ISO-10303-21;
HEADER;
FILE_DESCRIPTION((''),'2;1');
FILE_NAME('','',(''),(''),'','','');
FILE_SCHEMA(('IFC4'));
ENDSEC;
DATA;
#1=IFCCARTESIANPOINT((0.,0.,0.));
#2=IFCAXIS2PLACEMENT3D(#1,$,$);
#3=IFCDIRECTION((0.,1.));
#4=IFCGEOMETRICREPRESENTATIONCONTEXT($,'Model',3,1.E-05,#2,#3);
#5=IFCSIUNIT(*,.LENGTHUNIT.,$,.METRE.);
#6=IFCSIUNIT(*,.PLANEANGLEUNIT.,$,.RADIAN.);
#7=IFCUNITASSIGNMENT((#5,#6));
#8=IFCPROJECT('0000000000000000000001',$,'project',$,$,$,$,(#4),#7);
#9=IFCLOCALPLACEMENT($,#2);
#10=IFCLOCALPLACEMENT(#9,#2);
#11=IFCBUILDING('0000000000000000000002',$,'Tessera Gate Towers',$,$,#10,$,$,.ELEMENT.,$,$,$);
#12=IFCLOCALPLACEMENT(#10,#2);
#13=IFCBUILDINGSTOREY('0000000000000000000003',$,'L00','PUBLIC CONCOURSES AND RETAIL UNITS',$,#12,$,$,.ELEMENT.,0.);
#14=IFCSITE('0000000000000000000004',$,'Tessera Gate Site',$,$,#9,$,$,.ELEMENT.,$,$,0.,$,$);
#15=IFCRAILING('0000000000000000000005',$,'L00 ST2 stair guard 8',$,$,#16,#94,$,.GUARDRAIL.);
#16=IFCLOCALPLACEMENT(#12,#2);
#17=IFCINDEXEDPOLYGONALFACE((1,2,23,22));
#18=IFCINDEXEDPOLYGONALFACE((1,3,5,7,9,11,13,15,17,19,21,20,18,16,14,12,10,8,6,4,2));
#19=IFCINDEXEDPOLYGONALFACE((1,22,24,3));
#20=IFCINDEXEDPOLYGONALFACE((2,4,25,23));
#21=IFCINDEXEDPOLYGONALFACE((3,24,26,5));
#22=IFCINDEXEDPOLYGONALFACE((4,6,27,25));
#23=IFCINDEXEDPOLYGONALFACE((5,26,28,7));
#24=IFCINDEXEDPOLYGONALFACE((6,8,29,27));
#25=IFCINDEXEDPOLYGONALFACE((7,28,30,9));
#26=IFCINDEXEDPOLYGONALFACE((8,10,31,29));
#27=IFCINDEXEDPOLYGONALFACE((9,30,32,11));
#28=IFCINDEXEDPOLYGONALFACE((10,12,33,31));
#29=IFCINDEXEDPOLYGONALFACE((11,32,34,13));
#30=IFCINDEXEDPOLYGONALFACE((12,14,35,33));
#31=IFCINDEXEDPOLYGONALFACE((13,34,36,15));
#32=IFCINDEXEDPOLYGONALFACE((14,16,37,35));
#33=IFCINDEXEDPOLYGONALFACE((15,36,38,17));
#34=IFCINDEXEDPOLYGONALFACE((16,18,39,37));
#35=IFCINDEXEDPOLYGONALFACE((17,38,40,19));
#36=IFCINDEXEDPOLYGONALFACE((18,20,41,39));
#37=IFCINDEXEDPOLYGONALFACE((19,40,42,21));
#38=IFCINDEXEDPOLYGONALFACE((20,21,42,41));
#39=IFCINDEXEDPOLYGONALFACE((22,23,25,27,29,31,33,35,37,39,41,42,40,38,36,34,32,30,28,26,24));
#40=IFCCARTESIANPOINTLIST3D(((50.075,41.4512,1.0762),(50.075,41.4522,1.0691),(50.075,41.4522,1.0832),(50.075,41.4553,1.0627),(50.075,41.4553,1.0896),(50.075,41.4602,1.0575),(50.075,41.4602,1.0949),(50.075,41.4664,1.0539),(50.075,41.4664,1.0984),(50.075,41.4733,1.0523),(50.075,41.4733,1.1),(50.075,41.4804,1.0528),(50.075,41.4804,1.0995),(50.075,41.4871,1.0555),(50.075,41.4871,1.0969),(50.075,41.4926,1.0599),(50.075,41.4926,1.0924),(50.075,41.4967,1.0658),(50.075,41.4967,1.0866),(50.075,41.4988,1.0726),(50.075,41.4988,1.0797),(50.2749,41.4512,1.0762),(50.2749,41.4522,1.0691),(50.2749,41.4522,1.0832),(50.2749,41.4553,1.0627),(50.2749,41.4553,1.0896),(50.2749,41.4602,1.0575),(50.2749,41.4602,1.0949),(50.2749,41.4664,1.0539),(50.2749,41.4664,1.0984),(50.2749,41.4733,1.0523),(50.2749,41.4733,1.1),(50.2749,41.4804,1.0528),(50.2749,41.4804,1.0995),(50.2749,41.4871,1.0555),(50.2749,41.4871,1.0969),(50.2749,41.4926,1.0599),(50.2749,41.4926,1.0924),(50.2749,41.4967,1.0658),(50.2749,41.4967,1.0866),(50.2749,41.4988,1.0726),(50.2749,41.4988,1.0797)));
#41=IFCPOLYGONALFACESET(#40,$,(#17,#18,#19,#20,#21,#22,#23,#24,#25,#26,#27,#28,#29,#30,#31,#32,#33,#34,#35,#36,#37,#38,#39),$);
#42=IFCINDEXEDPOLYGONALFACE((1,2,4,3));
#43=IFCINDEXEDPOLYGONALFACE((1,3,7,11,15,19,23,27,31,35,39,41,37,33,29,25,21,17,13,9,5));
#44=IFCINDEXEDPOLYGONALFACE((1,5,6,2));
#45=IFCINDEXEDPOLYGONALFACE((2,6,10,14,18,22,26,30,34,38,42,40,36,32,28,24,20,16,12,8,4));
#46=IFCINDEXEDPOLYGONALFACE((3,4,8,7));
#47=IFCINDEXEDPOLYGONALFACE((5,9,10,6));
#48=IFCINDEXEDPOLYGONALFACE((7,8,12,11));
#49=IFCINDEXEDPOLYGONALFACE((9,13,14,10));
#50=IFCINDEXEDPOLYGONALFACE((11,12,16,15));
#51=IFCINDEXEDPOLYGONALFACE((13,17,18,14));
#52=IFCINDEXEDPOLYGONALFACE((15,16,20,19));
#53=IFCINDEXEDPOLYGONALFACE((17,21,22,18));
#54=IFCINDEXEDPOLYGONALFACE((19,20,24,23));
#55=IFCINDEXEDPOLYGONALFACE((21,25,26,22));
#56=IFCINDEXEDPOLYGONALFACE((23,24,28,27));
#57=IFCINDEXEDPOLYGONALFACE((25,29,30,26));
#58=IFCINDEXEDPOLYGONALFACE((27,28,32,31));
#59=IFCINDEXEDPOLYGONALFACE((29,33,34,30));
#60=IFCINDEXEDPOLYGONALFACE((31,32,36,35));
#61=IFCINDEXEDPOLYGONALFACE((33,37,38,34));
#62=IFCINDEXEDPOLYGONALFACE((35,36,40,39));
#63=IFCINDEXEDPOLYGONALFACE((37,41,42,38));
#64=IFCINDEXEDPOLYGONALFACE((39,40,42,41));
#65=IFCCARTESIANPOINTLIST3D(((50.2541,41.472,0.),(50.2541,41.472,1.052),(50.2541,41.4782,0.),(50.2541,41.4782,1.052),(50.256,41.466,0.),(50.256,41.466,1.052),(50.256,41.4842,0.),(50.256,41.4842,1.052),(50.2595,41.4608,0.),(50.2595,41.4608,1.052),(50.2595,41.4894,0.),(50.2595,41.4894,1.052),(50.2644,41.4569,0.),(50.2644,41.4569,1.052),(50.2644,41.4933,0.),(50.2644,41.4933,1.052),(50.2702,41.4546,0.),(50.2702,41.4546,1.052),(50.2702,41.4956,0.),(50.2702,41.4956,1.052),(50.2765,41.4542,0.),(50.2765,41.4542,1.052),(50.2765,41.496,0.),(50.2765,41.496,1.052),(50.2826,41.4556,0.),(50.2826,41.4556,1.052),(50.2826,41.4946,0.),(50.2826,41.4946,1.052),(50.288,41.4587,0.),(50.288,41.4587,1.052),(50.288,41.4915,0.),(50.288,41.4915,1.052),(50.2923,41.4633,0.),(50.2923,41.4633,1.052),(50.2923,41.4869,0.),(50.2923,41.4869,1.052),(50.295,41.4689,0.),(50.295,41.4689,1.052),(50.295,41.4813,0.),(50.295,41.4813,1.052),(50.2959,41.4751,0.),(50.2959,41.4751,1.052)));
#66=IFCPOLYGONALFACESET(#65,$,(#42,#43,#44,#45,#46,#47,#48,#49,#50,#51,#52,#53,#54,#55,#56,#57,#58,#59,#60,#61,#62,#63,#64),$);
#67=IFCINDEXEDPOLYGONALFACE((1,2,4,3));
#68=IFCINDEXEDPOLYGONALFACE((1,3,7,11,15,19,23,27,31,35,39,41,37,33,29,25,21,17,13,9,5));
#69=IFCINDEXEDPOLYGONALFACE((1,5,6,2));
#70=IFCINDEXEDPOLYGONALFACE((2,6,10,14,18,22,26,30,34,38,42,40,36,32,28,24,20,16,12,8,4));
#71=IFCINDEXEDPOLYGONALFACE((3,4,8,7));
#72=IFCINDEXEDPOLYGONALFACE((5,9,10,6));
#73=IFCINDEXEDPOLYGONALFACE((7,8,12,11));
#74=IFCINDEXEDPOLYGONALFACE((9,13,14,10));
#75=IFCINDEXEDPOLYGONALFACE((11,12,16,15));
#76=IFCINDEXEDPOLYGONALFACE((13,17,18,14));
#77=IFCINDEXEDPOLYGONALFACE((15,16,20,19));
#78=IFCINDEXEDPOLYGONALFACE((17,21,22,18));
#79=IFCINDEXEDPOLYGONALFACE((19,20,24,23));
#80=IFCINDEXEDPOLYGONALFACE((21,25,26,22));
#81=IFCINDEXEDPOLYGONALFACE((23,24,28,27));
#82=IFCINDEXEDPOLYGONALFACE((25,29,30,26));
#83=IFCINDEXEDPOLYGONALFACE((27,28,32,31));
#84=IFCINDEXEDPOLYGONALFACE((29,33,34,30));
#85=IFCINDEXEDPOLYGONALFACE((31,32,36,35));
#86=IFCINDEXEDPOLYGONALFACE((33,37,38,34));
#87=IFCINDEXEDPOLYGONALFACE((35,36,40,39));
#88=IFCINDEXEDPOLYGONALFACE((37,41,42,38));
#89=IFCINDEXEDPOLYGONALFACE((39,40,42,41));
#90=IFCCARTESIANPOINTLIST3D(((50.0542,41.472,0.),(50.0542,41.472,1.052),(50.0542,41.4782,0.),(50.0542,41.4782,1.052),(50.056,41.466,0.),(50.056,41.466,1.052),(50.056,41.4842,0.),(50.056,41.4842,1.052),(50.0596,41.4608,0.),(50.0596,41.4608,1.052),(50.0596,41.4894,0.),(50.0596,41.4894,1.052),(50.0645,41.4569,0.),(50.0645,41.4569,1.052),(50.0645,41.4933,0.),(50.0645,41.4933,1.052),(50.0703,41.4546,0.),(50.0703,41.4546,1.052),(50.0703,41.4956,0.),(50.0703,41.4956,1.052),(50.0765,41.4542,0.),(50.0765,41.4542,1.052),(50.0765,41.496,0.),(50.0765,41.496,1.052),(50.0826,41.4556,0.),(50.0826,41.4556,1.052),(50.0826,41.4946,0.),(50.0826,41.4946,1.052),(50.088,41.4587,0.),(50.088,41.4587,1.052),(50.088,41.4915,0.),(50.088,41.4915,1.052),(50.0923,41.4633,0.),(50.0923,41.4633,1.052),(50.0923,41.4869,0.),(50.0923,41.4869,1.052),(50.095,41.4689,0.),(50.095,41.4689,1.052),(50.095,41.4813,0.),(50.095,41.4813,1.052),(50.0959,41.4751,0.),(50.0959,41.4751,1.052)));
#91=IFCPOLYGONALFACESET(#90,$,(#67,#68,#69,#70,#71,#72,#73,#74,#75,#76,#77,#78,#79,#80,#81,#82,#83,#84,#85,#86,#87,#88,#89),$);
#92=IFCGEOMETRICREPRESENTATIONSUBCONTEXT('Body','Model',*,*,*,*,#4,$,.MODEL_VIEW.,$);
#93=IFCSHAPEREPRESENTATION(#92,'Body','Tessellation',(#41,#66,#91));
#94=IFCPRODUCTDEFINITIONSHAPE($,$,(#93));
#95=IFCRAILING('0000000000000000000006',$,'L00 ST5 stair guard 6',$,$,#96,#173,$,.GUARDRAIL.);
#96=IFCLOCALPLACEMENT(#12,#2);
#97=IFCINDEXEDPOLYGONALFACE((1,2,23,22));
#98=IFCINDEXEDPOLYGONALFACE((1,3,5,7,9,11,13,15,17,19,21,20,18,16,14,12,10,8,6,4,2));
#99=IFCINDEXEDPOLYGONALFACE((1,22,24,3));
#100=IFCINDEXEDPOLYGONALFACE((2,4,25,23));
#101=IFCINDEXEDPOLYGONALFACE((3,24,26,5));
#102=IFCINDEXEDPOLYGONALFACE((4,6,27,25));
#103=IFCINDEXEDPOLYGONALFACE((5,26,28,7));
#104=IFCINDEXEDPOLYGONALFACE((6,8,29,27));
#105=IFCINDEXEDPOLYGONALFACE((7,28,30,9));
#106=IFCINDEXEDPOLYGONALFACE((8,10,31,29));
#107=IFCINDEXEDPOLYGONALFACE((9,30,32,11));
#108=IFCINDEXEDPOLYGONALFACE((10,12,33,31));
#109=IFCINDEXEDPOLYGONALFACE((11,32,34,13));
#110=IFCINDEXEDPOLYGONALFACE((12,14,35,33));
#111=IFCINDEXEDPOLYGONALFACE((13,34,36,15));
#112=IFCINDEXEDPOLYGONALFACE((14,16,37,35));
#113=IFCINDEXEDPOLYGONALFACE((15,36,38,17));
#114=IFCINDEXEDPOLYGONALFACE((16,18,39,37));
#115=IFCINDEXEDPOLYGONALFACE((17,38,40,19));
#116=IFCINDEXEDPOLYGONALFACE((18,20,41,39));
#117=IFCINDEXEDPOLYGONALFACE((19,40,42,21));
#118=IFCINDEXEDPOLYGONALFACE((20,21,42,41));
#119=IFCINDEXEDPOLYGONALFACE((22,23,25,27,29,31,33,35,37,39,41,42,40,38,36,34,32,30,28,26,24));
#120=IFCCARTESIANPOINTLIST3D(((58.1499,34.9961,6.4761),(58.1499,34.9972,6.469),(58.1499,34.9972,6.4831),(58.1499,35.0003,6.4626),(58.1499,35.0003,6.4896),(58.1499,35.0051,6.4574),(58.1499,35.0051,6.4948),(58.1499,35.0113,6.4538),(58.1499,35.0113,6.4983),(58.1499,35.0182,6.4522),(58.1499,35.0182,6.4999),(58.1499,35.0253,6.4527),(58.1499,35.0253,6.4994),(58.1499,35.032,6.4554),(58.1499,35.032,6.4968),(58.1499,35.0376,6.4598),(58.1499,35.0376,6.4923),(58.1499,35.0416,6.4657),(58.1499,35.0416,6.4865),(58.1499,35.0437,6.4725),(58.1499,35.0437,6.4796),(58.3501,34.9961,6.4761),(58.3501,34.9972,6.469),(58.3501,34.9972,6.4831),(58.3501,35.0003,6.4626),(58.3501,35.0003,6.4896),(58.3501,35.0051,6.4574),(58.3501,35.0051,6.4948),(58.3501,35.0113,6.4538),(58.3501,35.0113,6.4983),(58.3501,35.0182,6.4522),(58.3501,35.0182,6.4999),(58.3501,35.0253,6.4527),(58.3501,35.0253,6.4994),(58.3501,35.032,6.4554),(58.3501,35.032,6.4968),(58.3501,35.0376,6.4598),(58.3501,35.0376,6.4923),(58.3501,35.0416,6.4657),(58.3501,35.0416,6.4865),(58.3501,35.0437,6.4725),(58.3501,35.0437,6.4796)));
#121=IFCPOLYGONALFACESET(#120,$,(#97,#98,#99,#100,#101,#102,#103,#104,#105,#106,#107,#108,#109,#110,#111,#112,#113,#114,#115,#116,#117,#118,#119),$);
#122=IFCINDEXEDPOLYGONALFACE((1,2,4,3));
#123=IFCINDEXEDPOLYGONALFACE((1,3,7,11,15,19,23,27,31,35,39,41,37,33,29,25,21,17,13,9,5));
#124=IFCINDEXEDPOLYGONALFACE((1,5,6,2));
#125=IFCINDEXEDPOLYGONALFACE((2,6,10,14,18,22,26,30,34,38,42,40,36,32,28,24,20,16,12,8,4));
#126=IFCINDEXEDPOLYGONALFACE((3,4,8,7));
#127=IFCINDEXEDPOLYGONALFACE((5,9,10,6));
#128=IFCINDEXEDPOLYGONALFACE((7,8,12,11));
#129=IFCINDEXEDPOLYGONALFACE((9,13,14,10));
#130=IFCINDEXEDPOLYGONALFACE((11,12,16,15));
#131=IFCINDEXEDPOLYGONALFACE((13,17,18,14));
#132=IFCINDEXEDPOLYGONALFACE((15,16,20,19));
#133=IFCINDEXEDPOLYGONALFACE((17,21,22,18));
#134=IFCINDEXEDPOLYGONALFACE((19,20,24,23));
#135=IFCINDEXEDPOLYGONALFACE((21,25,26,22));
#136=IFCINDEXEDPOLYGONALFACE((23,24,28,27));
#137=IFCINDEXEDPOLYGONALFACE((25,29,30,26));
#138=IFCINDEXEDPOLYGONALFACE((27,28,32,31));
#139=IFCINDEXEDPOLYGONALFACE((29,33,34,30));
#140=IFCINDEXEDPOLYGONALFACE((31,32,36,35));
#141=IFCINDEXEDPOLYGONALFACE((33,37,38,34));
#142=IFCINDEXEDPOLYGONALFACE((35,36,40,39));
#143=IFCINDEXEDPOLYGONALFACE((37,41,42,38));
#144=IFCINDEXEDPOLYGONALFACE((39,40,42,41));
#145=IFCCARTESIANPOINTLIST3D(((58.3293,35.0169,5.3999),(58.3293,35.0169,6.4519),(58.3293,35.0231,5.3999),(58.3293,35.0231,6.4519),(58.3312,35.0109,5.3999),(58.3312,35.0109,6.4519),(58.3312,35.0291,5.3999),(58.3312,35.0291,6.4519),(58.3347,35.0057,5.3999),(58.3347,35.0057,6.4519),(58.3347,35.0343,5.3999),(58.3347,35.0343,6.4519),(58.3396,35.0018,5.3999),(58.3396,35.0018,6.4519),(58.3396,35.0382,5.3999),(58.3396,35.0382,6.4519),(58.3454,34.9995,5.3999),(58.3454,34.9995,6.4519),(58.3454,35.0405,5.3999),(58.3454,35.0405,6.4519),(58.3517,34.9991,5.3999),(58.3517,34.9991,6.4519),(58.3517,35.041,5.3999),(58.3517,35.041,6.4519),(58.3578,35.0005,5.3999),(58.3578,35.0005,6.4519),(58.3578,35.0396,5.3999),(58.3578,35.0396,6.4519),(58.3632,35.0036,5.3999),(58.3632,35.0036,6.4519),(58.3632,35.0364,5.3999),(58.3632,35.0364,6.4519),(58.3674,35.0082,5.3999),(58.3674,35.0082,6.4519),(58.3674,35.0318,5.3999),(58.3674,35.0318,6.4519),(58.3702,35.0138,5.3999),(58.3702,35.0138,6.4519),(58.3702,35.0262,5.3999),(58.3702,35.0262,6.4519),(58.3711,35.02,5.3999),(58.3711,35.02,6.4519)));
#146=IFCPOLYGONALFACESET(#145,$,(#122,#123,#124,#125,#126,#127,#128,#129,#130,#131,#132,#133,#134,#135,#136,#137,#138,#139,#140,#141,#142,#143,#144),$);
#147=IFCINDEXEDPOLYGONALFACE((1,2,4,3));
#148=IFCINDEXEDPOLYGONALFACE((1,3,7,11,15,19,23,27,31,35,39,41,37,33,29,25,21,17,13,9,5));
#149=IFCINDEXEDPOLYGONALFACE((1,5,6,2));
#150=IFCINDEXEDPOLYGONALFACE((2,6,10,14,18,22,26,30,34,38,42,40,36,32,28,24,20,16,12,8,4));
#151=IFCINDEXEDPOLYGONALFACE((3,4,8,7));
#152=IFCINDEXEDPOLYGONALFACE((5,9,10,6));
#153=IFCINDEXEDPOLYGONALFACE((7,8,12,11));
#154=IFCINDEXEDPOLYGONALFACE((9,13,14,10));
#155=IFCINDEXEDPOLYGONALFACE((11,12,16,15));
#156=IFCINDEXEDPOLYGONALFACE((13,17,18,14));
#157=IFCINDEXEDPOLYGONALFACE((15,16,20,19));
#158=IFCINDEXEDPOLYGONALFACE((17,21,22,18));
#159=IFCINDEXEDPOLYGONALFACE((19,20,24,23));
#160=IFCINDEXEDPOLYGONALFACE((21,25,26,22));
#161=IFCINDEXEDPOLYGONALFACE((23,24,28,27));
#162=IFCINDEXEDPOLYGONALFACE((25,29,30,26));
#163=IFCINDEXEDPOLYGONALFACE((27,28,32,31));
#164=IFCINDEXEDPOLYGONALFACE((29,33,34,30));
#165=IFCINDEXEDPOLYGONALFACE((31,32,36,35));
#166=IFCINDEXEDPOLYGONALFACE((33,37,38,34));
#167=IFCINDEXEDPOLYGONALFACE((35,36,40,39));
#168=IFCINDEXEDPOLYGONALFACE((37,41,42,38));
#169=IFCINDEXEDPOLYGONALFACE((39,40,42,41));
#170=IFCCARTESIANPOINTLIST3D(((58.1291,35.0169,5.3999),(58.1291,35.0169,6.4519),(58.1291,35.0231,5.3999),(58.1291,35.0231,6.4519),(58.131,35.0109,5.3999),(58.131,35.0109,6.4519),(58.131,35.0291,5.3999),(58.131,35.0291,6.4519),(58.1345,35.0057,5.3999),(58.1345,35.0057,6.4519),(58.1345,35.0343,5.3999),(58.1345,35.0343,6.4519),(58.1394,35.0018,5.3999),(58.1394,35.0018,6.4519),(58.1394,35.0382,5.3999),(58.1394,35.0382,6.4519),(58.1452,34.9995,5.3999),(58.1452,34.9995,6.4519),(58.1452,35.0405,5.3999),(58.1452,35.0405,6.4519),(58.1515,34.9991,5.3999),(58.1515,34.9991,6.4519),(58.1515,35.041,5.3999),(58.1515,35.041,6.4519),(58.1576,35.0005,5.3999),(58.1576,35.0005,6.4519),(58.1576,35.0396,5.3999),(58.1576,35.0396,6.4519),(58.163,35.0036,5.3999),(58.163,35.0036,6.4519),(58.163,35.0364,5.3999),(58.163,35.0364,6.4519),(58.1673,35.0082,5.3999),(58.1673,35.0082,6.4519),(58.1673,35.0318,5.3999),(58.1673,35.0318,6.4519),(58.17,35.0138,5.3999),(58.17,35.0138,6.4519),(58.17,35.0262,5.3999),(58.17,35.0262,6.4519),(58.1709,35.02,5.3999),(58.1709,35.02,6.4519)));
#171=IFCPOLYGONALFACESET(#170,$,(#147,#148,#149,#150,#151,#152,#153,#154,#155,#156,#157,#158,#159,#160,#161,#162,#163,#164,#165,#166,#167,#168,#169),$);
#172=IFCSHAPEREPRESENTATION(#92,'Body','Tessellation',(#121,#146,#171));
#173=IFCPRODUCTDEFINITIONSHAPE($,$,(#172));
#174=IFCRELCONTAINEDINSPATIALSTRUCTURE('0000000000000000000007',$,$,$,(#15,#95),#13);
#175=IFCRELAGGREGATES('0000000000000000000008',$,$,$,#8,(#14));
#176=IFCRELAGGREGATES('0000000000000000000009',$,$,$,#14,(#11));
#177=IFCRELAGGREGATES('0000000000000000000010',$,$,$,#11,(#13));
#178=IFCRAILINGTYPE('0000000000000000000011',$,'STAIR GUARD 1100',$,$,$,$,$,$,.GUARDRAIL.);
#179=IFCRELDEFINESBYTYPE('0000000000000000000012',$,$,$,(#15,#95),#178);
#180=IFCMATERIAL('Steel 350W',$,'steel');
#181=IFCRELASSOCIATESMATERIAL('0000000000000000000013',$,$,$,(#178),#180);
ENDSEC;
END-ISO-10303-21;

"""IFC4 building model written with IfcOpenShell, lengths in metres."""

from ifc_helpers import new_model, si_unit, direction, frame, origin, origin_2d, place, context, subcontext, project, spatial, circle, extrude, material, type_object, element, save


model = new_model("IFC4")

# Units and contexts
model_context = context("Model", 3, precision=1e-05, world=origin(), true_north=direction((0.0, 1.0)))
body_context = subcontext(model_context, "Body", "Model", "MODEL_VIEW")
ifc_project = project(units=[si_unit("LENGTHUNIT", "METRE"), si_unit("PLANEANGLEUNIT", "RADIAN")], contexts=[model_context])

# Site, building, storey
site_placement = place(None, origin())
site = spatial("IfcSite", under=ifc_project, at=site_placement, Name="Tessera Gate Site", CompositionType="ELEMENT", RefElevation=0.0)
building_placement = place(site_placement, origin())
building = spatial("IfcBuilding", under=site, at=building_placement, Name="Tessera Gate Towers", CompositionType="ELEMENT")
storey_placement = place(building_placement, origin())
storey = spatial("IfcBuildingStorey", under=building, at=storey_placement, Name="L00", Description="PUBLIC CONCOURSES AND RETAIL UNITS", CompositionType="ELEMENT", Elevation=0.0)

# Railings
ifc_material_1 = material(Name="Steel 350W", Category="steel")
railing_type_1 = type_object("IfcRailingType", Name="STAIR GUARD 1100", PredefinedType="GUARDRAIL", material=ifc_material_1)
railing_1_placement = place(storey_placement, frame((50.2749, 41.4751, 0.0)))
element("IfcRailing", 1, at=railing_1_placement, inside=storey, type_object=railing_type_1, Name="L00 ST2 stair guard 8", PredefinedType="GUARDRAIL", context=body_context, shape_type="SweptSolid", body=[
    extrude(circle(Radius=0.0239, at=origin_2d()), frame((0.0, 0.0, 1.0762), z_axis=(-1.0, 0.0, 0.0), x_axis=(0.0, -1.0, 0.0)), (0.0, 0.0, 1.0), 0.2),
    extrude(circle(Radius=0.021, at=origin_2d()), origin(), (0.0, 0.0, 1.0), 1.052),
    extrude(circle(Radius=0.021, at=origin_2d()), frame((-0.2, 0.0, 0.0)), (0.0, 0.0, 1.0), 1.052),
])
railing_2_placement = place(storey_placement, frame((58.3501, 35.02, 5.3999)))
element("IfcRailing", 2, at=railing_2_placement, inside=storey, type_object=railing_type_1, Name="L00 ST5 stair guard 6", PredefinedType="GUARDRAIL", context=body_context, shape_type="SweptSolid", body=[
    extrude(circle(Radius=0.0239, at=origin_2d()), frame((0.0, 0.0, 1.0762), z_axis=(-1.0, 0.0, 0.0), x_axis=(0.0, -1.0, 0.0)), (0.0, 0.0, 1.0), 0.2002),
    extrude(circle(Radius=0.021, at=origin_2d()), origin(), (0.0, 0.0, 1.0), 1.052),
    extrude(circle(Radius=0.021, at=origin_2d()), frame((-0.2002, 0.0, 0.0)), (0.0, 0.0, 1.0), 1.052),
])

save(model, "model.ifc")
